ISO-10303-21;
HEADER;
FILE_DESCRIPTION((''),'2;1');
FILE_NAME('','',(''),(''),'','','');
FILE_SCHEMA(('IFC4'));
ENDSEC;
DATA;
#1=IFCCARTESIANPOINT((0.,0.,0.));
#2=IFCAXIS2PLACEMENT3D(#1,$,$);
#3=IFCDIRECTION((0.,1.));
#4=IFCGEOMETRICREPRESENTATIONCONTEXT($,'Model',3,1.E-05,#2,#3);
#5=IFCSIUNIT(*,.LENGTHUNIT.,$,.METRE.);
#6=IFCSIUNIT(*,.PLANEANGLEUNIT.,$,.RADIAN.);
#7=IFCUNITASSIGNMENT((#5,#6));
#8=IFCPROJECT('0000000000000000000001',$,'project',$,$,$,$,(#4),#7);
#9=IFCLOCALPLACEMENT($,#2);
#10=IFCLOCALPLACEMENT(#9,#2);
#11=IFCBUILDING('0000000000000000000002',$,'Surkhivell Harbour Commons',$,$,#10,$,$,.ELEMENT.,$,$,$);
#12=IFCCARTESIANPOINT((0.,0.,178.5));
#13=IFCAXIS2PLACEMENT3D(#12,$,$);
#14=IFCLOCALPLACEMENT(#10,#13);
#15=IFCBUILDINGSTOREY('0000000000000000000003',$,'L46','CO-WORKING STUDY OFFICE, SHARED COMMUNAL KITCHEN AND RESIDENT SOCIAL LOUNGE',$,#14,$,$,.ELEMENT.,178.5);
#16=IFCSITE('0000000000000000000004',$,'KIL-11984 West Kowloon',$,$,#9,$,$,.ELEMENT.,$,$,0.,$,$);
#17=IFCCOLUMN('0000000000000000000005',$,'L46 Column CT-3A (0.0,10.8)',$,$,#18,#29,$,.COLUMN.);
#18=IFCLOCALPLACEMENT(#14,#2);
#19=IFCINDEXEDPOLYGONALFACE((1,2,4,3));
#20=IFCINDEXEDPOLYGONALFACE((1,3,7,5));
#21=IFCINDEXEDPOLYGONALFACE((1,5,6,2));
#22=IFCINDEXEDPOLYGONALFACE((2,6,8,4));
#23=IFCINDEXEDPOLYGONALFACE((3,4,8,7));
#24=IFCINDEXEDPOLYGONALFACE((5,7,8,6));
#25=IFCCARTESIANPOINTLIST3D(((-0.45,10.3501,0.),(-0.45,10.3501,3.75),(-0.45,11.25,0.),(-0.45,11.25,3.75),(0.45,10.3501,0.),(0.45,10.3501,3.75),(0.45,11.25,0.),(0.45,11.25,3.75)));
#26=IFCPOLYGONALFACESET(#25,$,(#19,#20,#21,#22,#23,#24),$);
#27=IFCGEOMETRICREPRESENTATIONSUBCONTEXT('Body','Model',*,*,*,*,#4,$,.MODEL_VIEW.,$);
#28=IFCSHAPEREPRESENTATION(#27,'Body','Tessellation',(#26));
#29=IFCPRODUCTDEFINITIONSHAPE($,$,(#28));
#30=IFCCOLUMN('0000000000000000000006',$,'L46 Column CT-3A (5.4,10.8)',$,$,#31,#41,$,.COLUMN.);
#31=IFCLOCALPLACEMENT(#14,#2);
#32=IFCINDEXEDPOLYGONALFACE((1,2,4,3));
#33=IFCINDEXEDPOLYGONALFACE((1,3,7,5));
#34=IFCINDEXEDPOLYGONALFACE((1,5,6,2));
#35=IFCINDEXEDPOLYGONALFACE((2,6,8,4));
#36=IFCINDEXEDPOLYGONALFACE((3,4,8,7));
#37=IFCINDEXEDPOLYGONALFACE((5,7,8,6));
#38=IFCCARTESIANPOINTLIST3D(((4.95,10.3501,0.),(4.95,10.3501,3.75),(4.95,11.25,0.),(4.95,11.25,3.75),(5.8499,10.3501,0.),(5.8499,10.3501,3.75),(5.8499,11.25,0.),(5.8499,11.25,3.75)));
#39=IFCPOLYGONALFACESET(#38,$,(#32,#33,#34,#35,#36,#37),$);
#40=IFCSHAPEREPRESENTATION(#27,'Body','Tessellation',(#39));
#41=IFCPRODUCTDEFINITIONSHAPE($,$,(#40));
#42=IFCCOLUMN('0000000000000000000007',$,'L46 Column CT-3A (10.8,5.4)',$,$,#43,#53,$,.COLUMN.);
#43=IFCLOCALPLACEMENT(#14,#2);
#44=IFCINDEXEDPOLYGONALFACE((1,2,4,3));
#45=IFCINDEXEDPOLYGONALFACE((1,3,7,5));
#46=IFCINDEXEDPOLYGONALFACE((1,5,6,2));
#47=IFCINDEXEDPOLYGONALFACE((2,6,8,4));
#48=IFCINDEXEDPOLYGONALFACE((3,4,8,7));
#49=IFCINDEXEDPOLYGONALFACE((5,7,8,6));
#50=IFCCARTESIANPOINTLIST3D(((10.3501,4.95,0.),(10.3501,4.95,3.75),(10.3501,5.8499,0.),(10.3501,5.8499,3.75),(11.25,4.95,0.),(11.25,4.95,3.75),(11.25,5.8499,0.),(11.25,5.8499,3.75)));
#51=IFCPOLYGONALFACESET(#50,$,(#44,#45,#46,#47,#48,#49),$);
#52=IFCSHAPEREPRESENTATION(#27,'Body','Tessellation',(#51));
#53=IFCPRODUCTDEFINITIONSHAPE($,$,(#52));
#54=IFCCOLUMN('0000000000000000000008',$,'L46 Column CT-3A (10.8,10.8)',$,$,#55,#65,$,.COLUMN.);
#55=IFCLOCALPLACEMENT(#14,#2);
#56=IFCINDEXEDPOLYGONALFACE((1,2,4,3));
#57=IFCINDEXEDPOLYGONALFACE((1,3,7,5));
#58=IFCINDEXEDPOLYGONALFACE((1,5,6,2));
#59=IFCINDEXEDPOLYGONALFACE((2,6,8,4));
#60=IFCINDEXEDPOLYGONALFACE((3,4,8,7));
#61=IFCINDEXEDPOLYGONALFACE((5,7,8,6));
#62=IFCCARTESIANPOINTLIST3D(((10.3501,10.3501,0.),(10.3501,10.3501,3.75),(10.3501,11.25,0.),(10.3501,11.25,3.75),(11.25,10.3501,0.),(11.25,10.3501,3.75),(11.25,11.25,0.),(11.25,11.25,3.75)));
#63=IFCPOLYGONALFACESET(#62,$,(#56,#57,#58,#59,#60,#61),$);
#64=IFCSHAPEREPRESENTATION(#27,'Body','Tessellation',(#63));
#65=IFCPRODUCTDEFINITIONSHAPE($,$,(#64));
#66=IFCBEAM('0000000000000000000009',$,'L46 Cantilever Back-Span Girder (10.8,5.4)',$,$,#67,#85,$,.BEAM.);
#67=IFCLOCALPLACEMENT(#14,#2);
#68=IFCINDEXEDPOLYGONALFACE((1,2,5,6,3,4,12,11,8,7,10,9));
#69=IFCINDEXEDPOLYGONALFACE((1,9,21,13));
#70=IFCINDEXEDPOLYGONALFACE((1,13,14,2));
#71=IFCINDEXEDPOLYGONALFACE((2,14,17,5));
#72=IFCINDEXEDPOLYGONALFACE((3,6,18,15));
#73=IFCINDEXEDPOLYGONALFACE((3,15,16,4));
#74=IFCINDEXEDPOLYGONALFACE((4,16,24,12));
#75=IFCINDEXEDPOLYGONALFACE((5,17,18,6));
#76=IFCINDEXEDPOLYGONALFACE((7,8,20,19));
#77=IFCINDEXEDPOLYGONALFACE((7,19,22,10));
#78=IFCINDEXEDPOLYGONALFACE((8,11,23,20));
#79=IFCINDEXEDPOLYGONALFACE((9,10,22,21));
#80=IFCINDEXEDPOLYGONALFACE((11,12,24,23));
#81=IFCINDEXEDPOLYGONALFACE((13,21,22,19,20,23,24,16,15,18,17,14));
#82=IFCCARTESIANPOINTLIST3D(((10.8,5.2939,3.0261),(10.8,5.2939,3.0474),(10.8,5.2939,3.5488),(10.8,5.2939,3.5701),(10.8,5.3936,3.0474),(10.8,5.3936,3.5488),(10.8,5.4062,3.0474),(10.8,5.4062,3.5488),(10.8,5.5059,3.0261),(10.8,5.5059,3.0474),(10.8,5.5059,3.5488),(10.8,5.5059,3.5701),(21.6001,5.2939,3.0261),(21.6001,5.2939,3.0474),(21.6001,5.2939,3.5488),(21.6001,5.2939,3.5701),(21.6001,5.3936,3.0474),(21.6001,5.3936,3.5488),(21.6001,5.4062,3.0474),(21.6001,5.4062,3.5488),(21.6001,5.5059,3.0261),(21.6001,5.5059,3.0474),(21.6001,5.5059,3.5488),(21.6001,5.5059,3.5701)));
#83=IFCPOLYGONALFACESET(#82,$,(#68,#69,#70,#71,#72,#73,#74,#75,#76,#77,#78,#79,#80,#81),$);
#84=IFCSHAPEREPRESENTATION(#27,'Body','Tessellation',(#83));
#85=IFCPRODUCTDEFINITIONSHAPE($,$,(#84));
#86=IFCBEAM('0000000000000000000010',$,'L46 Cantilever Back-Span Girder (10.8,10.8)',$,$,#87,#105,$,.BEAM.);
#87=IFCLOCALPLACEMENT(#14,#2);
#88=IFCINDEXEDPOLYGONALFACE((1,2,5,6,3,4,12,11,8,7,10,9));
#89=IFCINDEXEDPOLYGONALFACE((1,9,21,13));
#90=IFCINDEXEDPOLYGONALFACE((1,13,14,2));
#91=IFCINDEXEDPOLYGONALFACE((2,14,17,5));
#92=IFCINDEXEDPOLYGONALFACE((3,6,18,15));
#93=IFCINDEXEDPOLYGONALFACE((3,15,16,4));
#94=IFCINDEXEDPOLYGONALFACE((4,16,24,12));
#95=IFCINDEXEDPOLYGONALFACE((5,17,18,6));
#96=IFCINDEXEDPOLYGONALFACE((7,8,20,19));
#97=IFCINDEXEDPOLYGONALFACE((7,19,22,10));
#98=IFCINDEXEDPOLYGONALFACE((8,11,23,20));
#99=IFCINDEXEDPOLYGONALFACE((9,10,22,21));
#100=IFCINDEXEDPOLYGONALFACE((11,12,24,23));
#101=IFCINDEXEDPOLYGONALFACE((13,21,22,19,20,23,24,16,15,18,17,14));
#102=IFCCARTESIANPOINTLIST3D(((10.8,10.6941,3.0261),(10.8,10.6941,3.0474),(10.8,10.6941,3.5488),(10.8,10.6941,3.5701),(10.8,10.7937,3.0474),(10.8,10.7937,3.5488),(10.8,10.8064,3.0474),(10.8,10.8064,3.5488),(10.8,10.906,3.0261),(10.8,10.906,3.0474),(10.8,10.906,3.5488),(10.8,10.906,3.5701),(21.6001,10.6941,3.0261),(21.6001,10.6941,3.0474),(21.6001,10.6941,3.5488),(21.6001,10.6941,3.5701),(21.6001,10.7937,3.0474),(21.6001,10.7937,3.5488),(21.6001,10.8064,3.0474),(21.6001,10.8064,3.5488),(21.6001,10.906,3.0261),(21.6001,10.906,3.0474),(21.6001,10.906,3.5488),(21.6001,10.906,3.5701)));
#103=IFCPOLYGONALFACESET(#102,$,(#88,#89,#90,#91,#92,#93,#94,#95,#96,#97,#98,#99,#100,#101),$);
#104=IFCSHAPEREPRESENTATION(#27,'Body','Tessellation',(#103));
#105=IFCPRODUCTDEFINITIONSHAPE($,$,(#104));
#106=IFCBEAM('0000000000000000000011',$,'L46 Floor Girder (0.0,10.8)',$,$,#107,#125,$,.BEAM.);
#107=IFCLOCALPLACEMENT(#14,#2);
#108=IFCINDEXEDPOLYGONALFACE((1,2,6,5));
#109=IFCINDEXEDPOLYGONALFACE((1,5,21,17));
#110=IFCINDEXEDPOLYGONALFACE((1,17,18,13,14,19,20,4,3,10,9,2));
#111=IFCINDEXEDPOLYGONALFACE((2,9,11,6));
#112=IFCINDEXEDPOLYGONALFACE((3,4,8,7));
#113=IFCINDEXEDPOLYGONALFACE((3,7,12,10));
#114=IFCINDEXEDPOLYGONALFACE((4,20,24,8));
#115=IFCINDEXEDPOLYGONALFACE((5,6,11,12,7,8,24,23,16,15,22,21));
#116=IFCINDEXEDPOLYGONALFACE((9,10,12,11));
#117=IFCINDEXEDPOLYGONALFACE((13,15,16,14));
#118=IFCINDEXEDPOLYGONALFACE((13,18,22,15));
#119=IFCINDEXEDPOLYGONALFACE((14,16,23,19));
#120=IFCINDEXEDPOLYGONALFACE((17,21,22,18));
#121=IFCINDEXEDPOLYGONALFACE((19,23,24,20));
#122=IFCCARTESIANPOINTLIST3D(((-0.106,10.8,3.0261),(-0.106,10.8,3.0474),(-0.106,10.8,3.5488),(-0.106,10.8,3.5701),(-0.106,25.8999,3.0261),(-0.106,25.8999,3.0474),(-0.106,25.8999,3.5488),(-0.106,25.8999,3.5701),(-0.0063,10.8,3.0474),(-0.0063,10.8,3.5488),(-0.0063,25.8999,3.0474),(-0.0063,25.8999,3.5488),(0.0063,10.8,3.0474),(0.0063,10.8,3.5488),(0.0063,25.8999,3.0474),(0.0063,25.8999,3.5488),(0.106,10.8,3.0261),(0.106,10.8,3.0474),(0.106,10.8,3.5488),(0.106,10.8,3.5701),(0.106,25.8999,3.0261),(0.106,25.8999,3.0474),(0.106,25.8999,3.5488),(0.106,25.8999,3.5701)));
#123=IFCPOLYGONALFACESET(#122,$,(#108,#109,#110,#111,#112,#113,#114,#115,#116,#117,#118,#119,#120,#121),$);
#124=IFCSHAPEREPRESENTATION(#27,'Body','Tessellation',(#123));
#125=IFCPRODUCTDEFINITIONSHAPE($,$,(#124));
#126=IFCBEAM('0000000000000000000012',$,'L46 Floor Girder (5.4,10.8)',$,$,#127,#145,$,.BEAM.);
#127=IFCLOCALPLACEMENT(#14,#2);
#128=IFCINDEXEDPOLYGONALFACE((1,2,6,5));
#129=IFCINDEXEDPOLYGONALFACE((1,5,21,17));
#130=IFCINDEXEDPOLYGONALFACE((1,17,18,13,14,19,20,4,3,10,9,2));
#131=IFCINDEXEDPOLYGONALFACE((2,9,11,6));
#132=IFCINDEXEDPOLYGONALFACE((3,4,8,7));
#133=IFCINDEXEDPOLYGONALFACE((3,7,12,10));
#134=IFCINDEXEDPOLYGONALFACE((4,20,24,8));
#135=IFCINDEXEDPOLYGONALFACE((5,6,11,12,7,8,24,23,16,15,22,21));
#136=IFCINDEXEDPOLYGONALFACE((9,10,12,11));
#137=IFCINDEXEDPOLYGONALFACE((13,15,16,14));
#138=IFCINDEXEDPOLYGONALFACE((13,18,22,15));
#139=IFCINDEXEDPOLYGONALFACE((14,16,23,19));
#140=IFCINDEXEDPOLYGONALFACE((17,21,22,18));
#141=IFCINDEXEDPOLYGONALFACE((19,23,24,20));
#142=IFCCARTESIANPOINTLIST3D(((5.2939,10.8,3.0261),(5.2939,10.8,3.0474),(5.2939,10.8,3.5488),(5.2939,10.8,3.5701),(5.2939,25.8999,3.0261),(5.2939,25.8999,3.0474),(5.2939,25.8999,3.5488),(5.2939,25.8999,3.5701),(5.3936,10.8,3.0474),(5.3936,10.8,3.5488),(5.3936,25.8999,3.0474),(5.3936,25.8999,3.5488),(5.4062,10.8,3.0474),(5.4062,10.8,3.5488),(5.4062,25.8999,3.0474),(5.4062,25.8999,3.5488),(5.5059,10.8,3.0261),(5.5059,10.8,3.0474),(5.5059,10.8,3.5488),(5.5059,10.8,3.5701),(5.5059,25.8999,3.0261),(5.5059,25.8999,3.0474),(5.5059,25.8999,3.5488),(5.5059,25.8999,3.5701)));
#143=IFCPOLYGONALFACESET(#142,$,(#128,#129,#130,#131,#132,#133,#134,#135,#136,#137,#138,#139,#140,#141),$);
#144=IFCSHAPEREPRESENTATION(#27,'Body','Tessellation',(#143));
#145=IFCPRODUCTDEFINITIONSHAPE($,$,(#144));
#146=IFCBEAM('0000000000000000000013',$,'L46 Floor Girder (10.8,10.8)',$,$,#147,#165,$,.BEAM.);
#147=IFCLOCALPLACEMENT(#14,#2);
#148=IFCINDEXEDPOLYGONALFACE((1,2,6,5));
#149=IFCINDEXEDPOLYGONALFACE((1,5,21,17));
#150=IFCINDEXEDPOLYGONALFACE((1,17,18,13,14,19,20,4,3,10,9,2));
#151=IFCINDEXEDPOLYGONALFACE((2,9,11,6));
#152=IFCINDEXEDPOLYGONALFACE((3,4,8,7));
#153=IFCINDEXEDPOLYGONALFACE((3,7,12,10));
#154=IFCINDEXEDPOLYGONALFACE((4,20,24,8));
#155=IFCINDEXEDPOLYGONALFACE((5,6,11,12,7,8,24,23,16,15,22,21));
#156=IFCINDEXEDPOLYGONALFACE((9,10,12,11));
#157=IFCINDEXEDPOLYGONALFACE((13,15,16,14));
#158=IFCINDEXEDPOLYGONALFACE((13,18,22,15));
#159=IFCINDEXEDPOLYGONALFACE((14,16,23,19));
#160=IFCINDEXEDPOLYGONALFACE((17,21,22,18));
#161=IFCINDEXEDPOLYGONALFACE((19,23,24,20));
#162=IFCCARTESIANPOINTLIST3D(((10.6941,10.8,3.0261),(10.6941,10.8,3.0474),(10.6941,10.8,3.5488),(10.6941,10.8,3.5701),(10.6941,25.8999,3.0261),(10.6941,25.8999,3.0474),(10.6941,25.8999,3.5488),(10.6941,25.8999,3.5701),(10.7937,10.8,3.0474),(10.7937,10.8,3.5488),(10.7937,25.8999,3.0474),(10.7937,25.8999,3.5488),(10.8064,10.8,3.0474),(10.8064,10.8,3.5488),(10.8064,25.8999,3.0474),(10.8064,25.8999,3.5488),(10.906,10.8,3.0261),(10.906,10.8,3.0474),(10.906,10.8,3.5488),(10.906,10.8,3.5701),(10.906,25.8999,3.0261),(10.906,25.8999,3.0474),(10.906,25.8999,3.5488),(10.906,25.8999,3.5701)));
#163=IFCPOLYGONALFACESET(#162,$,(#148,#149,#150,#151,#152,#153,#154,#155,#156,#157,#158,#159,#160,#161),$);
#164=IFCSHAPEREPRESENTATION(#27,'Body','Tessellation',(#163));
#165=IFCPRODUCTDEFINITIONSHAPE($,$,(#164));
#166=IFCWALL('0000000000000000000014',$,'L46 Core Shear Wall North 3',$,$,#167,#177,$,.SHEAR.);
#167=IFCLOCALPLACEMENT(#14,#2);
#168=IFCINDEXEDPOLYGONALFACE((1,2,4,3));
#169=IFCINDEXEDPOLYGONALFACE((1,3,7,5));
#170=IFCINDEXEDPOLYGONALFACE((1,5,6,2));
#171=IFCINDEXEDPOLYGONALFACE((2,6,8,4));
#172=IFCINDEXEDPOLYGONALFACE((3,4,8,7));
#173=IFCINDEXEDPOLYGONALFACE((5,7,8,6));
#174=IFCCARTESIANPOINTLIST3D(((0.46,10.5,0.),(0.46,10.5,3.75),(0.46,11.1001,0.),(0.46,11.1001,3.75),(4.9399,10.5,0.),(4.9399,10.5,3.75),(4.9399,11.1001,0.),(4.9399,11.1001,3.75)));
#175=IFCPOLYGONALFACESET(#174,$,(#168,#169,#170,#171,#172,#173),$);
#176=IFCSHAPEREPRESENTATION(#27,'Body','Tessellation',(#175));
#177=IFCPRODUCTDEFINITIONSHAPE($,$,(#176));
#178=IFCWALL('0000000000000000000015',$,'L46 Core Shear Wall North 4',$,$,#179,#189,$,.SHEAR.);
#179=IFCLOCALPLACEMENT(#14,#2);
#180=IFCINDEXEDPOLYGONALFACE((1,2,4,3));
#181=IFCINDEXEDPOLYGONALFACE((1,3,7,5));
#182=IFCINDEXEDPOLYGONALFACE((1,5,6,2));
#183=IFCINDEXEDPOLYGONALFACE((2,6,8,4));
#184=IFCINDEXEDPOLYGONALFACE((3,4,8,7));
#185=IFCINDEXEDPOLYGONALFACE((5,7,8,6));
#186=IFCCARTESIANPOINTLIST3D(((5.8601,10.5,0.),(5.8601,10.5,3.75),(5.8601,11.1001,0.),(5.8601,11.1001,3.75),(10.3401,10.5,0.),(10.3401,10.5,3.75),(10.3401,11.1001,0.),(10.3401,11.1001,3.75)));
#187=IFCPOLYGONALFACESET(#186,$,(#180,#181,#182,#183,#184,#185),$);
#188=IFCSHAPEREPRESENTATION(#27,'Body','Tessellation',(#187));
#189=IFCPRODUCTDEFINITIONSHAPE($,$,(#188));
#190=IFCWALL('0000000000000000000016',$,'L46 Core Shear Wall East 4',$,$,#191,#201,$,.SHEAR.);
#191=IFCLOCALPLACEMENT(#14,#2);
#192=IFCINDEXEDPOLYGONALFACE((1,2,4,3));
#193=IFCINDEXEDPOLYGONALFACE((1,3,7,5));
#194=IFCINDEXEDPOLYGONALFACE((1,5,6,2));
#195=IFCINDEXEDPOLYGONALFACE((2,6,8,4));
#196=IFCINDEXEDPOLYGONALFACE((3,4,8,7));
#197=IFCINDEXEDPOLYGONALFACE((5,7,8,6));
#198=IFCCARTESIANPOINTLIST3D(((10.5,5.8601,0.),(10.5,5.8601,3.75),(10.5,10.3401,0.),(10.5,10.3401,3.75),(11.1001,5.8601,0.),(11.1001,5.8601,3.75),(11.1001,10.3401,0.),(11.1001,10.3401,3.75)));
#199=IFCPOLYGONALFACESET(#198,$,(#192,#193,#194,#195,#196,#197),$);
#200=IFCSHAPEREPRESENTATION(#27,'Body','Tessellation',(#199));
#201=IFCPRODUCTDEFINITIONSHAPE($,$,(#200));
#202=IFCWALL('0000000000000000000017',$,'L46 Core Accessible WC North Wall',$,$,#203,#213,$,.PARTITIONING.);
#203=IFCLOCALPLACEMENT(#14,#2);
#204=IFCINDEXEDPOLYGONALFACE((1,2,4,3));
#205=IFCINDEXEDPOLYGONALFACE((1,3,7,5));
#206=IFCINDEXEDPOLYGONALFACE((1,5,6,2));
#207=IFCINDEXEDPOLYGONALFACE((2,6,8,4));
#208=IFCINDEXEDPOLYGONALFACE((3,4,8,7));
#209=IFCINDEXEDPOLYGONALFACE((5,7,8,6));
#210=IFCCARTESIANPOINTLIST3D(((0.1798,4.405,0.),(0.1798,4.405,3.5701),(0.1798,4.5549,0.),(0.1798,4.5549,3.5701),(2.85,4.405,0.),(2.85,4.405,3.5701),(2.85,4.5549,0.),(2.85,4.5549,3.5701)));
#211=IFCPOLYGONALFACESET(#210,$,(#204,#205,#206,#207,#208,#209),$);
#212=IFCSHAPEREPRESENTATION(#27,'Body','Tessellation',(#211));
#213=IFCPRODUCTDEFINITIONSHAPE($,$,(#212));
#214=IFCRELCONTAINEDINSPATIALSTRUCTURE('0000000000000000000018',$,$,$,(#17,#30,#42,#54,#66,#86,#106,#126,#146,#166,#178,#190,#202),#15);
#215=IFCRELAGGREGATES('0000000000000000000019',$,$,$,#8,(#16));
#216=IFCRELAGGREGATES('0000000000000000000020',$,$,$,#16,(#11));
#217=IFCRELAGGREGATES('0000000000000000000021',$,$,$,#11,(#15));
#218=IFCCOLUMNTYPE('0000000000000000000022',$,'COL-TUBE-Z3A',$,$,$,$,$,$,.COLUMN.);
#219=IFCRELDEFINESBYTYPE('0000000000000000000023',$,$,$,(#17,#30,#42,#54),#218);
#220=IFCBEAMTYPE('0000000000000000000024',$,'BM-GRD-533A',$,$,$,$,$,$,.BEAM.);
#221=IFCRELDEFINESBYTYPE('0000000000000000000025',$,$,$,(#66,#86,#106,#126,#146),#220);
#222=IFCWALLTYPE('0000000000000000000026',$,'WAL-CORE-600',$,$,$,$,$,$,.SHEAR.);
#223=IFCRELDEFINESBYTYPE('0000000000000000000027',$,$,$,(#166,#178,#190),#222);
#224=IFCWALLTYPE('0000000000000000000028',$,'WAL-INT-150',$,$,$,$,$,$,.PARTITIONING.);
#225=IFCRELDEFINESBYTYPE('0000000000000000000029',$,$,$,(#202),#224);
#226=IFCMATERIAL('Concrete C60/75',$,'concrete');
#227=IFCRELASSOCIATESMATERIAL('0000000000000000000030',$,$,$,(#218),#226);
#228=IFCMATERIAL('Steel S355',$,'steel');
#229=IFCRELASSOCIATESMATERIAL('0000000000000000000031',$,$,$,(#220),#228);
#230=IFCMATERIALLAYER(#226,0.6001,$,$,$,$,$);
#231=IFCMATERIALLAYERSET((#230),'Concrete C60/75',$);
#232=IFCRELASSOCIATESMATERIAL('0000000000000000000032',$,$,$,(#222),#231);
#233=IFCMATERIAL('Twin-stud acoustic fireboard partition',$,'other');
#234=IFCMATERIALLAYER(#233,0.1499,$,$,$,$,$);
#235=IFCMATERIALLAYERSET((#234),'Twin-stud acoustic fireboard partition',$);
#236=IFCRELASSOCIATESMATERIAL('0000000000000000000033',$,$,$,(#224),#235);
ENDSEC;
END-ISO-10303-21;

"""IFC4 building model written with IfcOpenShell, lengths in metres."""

from ifc_helpers import new_model, si_unit, direction, frame, frame_2d, origin, origin_2d, place, context, subcontext, project, spatial, rectangle, i_section, extrude, material, layer, layer_set, material_profile, profile_set, type_object, element, save


model = new_model("IFC4")

# Units and contexts
model_context = context("Model", 3, precision=1e-05, world=origin(), true_north=direction((0.0, 1.0)))
body_context = subcontext(model_context, "Body", "Model", "MODEL_VIEW")
ifc_project = project(units=[si_unit("LENGTHUNIT", "METRE"), si_unit("PLANEANGLEUNIT", "RADIAN")], contexts=[model_context])

# Site, building, storey
site_placement = place(None, origin())
site = spatial("IfcSite", under=ifc_project, at=site_placement, Name="KIL-11984 West Kowloon", CompositionType="ELEMENT", RefElevation=0.0)
building_placement = place(site_placement, origin())
building = spatial("IfcBuilding", under=site, at=building_placement, Name="Surkhivell Harbour Commons", CompositionType="ELEMENT")
storey_placement = place(building_placement, frame((0.0, 0.0, 178.5)))
storey = spatial("IfcBuildingStorey", under=building, at=storey_placement, Name="L46", Description="CO-WORKING STUDY OFFICE, SHARED COMMUNAL KITCHEN AND RESIDENT SOCIAL LOUNGE", CompositionType="ELEMENT", Elevation=178.5)

# Columns
ifc_material_1 = material(Name="Concrete C60/75", Category="concrete")
ifc_material_profile_1 = material_profile(ifc_material_1, rectangle(XDim=0.8999, YDim=0.8999, at=origin_2d()), Name="RC-COL-900x900")
ifc_profile_set_1 = profile_set([ifc_material_profile_1], Name="Concrete C60/75")
column_type = type_object("IfcColumnType", Name="COL-TUBE-Z3A", PredefinedType="COLUMN", material=ifc_profile_set_1)
for number, where, z_axis, x_axis, name in (
    (1, (0.0, 10.8, 0.0), (0.0, 0.0, 1.0), (1.0, 0.0, 0.0), "L46 Column CT-3A (0.0,10.8)"),
    (2, (5.3999, 10.8, 0.0), (0.0, 0.0, 1.0), (1.0, 0.0, 0.0), "L46 Column CT-3A (5.4,10.8)"),
    (3, (10.8, 5.3999, 0.0), (0.0, 0.0, 1.0), (1.0, 0.0, 0.0), "L46 Column CT-3A (10.8,5.4)"),
    (4, (10.8, 10.8, 0.0), (0.0, 0.0, 1.0), (1.0, 0.0, 0.0), "L46 Column CT-3A (10.8,10.8)"),
):
    element("IfcColumn", number, at=place(storey_placement, frame(where, z_axis=z_axis, x_axis=x_axis)), inside=storey, type_object=column_type, Name=name, PredefinedType="COLUMN", context=body_context, shape_type="SweptSolid", body=[
        extrude(rectangle(XDim=0.8999, YDim=0.8999, at=origin_2d()), origin(), (0.0, 0.0, 1.0), 3.75),
    ])

# Beams
ifc_material_2 = material(Name="Steel S355", Category="steel")
ifc_material_profile_2 = material_profile(ifc_material_2, i_section(OverallWidth=0.2119, OverallDepth=0.5439, WebThickness=0.0127, FlangeThickness=0.0212, at=origin_2d()), Name="UB533x210x122")
ifc_profile_set_2 = profile_set([ifc_material_profile_2], Name="Steel S355")
beam_type = type_object("IfcBeamType", Name="BM-GRD-533A", PredefinedType="BEAM", material=ifc_profile_set_2)
for number, where, z_axis, x_axis, name in (
    (5, (10.8, 5.3999, 3.2981), (1.0, 0.0, 0.0), (0.0, 1.0, 0.0), "L46 Cantilever Back-Span Girder (10.8,5.4)"),
    (6, (10.8, 10.8, 3.2981), (1.0, 0.0, 0.0), (0.0, 1.0, 0.0), "L46 Cantilever Back-Span Girder (10.8,10.8)"),
):
    element("IfcBeam", number, at=place(storey_placement, frame(where, z_axis=z_axis, x_axis=x_axis)), inside=storey, type_object=beam_type, Name=name, PredefinedType="BEAM", context=body_context, shape_type="SweptSolid", body=[
        extrude(i_section(OverallWidth=0.2119, OverallDepth=0.5439, WebThickness=0.0127, FlangeThickness=0.0212, at=origin_2d()), origin(), (0.0, 0.0, 1.0), 10.8),
    ])
for number, where, z_axis, x_axis, name in (
    (7, (0.0, 10.8, 3.2981), (0.0, 1.0, 0.0), (-1.0, 0.0, 0.0), "L46 Floor Girder (0.0,10.8)"),
    (8, (5.3999, 10.8, 3.2981), (0.0, 1.0, 0.0), (-1.0, 0.0, 0.0), "L46 Floor Girder (5.4,10.8)"),
    (9, (10.8, 10.8, 3.2981), (0.0, 1.0, 0.0), (-1.0, 0.0, 0.0), "L46 Floor Girder (10.8,10.8)"),
):
    element("IfcBeam", number, at=place(storey_placement, frame(where, z_axis=z_axis, x_axis=x_axis)), inside=storey, type_object=beam_type, Name=name, PredefinedType="BEAM", context=body_context, shape_type="SweptSolid", body=[
        extrude(i_section(OverallWidth=0.2119, OverallDepth=0.5439, WebThickness=0.0127, FlangeThickness=0.0212, at=origin_2d()), origin(), (0.0, 0.0, 1.0), 15.0999),
    ])

# Walls
ifc_layer_1 = layer(ifc_material_1, 0.6001)
ifc_layer_set_1 = layer_set([ifc_layer_1], Name="Concrete C60/75")
wall_type_1 = type_object("IfcWallType", Name="WAL-CORE-600", PredefinedType="SHEAR", material=ifc_layer_set_1)
for number, where, z_axis, x_axis, name in (
    (10, (0.46, 10.8, 0.0), (0.0, 0.0, 1.0), (1.0, 0.0, 0.0), "L46 Core Shear Wall North 3"),
    (11, (5.8601, 10.8, 0.0), (0.0, 0.0, 1.0), (1.0, 0.0, 0.0), "L46 Core Shear Wall North 4"),
    (12, (10.8, 5.8601, 0.0), (0.0, 0.0, 1.0), (0.0, 1.0, 0.0), "L46 Core Shear Wall East 4"),
):
    element("IfcWall", number, at=place(storey_placement, frame(where, z_axis=z_axis, x_axis=x_axis)), inside=storey, type_object=wall_type_1, Name=name, PredefinedType="SHEAR", context=body_context, shape_type="SweptSolid", body=[
        extrude(rectangle(XDim=4.48, YDim=0.6001, at=frame_2d((2.24, 0.0))), origin(), (0.0, 0.0, 1.0), 3.75),
    ])
ifc_material_3 = material(Name="Twin-stud acoustic fireboard partition", Category="other")
ifc_layer_2 = layer(ifc_material_3, 0.1499)
ifc_layer_set_2 = layer_set([ifc_layer_2], Name="Twin-stud acoustic fireboard partition")
wall_type_2 = type_object("IfcWallType", Name="WAL-INT-150", PredefinedType="PARTITIONING", material=ifc_layer_set_2)
wall_1_placement = place(storey_placement, frame((0.1799, 4.48, 0.0), z_axis=(0.0, 0.0, 1.0), x_axis=(1.0, 0.0, 0.0)))
element("IfcWall", 13, at=wall_1_placement, inside=storey, type_object=wall_type_2, Name="L46 Core Accessible WC North Wall", PredefinedType="PARTITIONING", context=body_context, shape_type="SweptSolid", body=[
    extrude(rectangle(XDim=2.6702, YDim=0.1499, at=frame_2d((1.335, 0.0))), origin(), (0.0, 0.0, 1.0), 3.5701),
])

save(model, "model.ifc")
